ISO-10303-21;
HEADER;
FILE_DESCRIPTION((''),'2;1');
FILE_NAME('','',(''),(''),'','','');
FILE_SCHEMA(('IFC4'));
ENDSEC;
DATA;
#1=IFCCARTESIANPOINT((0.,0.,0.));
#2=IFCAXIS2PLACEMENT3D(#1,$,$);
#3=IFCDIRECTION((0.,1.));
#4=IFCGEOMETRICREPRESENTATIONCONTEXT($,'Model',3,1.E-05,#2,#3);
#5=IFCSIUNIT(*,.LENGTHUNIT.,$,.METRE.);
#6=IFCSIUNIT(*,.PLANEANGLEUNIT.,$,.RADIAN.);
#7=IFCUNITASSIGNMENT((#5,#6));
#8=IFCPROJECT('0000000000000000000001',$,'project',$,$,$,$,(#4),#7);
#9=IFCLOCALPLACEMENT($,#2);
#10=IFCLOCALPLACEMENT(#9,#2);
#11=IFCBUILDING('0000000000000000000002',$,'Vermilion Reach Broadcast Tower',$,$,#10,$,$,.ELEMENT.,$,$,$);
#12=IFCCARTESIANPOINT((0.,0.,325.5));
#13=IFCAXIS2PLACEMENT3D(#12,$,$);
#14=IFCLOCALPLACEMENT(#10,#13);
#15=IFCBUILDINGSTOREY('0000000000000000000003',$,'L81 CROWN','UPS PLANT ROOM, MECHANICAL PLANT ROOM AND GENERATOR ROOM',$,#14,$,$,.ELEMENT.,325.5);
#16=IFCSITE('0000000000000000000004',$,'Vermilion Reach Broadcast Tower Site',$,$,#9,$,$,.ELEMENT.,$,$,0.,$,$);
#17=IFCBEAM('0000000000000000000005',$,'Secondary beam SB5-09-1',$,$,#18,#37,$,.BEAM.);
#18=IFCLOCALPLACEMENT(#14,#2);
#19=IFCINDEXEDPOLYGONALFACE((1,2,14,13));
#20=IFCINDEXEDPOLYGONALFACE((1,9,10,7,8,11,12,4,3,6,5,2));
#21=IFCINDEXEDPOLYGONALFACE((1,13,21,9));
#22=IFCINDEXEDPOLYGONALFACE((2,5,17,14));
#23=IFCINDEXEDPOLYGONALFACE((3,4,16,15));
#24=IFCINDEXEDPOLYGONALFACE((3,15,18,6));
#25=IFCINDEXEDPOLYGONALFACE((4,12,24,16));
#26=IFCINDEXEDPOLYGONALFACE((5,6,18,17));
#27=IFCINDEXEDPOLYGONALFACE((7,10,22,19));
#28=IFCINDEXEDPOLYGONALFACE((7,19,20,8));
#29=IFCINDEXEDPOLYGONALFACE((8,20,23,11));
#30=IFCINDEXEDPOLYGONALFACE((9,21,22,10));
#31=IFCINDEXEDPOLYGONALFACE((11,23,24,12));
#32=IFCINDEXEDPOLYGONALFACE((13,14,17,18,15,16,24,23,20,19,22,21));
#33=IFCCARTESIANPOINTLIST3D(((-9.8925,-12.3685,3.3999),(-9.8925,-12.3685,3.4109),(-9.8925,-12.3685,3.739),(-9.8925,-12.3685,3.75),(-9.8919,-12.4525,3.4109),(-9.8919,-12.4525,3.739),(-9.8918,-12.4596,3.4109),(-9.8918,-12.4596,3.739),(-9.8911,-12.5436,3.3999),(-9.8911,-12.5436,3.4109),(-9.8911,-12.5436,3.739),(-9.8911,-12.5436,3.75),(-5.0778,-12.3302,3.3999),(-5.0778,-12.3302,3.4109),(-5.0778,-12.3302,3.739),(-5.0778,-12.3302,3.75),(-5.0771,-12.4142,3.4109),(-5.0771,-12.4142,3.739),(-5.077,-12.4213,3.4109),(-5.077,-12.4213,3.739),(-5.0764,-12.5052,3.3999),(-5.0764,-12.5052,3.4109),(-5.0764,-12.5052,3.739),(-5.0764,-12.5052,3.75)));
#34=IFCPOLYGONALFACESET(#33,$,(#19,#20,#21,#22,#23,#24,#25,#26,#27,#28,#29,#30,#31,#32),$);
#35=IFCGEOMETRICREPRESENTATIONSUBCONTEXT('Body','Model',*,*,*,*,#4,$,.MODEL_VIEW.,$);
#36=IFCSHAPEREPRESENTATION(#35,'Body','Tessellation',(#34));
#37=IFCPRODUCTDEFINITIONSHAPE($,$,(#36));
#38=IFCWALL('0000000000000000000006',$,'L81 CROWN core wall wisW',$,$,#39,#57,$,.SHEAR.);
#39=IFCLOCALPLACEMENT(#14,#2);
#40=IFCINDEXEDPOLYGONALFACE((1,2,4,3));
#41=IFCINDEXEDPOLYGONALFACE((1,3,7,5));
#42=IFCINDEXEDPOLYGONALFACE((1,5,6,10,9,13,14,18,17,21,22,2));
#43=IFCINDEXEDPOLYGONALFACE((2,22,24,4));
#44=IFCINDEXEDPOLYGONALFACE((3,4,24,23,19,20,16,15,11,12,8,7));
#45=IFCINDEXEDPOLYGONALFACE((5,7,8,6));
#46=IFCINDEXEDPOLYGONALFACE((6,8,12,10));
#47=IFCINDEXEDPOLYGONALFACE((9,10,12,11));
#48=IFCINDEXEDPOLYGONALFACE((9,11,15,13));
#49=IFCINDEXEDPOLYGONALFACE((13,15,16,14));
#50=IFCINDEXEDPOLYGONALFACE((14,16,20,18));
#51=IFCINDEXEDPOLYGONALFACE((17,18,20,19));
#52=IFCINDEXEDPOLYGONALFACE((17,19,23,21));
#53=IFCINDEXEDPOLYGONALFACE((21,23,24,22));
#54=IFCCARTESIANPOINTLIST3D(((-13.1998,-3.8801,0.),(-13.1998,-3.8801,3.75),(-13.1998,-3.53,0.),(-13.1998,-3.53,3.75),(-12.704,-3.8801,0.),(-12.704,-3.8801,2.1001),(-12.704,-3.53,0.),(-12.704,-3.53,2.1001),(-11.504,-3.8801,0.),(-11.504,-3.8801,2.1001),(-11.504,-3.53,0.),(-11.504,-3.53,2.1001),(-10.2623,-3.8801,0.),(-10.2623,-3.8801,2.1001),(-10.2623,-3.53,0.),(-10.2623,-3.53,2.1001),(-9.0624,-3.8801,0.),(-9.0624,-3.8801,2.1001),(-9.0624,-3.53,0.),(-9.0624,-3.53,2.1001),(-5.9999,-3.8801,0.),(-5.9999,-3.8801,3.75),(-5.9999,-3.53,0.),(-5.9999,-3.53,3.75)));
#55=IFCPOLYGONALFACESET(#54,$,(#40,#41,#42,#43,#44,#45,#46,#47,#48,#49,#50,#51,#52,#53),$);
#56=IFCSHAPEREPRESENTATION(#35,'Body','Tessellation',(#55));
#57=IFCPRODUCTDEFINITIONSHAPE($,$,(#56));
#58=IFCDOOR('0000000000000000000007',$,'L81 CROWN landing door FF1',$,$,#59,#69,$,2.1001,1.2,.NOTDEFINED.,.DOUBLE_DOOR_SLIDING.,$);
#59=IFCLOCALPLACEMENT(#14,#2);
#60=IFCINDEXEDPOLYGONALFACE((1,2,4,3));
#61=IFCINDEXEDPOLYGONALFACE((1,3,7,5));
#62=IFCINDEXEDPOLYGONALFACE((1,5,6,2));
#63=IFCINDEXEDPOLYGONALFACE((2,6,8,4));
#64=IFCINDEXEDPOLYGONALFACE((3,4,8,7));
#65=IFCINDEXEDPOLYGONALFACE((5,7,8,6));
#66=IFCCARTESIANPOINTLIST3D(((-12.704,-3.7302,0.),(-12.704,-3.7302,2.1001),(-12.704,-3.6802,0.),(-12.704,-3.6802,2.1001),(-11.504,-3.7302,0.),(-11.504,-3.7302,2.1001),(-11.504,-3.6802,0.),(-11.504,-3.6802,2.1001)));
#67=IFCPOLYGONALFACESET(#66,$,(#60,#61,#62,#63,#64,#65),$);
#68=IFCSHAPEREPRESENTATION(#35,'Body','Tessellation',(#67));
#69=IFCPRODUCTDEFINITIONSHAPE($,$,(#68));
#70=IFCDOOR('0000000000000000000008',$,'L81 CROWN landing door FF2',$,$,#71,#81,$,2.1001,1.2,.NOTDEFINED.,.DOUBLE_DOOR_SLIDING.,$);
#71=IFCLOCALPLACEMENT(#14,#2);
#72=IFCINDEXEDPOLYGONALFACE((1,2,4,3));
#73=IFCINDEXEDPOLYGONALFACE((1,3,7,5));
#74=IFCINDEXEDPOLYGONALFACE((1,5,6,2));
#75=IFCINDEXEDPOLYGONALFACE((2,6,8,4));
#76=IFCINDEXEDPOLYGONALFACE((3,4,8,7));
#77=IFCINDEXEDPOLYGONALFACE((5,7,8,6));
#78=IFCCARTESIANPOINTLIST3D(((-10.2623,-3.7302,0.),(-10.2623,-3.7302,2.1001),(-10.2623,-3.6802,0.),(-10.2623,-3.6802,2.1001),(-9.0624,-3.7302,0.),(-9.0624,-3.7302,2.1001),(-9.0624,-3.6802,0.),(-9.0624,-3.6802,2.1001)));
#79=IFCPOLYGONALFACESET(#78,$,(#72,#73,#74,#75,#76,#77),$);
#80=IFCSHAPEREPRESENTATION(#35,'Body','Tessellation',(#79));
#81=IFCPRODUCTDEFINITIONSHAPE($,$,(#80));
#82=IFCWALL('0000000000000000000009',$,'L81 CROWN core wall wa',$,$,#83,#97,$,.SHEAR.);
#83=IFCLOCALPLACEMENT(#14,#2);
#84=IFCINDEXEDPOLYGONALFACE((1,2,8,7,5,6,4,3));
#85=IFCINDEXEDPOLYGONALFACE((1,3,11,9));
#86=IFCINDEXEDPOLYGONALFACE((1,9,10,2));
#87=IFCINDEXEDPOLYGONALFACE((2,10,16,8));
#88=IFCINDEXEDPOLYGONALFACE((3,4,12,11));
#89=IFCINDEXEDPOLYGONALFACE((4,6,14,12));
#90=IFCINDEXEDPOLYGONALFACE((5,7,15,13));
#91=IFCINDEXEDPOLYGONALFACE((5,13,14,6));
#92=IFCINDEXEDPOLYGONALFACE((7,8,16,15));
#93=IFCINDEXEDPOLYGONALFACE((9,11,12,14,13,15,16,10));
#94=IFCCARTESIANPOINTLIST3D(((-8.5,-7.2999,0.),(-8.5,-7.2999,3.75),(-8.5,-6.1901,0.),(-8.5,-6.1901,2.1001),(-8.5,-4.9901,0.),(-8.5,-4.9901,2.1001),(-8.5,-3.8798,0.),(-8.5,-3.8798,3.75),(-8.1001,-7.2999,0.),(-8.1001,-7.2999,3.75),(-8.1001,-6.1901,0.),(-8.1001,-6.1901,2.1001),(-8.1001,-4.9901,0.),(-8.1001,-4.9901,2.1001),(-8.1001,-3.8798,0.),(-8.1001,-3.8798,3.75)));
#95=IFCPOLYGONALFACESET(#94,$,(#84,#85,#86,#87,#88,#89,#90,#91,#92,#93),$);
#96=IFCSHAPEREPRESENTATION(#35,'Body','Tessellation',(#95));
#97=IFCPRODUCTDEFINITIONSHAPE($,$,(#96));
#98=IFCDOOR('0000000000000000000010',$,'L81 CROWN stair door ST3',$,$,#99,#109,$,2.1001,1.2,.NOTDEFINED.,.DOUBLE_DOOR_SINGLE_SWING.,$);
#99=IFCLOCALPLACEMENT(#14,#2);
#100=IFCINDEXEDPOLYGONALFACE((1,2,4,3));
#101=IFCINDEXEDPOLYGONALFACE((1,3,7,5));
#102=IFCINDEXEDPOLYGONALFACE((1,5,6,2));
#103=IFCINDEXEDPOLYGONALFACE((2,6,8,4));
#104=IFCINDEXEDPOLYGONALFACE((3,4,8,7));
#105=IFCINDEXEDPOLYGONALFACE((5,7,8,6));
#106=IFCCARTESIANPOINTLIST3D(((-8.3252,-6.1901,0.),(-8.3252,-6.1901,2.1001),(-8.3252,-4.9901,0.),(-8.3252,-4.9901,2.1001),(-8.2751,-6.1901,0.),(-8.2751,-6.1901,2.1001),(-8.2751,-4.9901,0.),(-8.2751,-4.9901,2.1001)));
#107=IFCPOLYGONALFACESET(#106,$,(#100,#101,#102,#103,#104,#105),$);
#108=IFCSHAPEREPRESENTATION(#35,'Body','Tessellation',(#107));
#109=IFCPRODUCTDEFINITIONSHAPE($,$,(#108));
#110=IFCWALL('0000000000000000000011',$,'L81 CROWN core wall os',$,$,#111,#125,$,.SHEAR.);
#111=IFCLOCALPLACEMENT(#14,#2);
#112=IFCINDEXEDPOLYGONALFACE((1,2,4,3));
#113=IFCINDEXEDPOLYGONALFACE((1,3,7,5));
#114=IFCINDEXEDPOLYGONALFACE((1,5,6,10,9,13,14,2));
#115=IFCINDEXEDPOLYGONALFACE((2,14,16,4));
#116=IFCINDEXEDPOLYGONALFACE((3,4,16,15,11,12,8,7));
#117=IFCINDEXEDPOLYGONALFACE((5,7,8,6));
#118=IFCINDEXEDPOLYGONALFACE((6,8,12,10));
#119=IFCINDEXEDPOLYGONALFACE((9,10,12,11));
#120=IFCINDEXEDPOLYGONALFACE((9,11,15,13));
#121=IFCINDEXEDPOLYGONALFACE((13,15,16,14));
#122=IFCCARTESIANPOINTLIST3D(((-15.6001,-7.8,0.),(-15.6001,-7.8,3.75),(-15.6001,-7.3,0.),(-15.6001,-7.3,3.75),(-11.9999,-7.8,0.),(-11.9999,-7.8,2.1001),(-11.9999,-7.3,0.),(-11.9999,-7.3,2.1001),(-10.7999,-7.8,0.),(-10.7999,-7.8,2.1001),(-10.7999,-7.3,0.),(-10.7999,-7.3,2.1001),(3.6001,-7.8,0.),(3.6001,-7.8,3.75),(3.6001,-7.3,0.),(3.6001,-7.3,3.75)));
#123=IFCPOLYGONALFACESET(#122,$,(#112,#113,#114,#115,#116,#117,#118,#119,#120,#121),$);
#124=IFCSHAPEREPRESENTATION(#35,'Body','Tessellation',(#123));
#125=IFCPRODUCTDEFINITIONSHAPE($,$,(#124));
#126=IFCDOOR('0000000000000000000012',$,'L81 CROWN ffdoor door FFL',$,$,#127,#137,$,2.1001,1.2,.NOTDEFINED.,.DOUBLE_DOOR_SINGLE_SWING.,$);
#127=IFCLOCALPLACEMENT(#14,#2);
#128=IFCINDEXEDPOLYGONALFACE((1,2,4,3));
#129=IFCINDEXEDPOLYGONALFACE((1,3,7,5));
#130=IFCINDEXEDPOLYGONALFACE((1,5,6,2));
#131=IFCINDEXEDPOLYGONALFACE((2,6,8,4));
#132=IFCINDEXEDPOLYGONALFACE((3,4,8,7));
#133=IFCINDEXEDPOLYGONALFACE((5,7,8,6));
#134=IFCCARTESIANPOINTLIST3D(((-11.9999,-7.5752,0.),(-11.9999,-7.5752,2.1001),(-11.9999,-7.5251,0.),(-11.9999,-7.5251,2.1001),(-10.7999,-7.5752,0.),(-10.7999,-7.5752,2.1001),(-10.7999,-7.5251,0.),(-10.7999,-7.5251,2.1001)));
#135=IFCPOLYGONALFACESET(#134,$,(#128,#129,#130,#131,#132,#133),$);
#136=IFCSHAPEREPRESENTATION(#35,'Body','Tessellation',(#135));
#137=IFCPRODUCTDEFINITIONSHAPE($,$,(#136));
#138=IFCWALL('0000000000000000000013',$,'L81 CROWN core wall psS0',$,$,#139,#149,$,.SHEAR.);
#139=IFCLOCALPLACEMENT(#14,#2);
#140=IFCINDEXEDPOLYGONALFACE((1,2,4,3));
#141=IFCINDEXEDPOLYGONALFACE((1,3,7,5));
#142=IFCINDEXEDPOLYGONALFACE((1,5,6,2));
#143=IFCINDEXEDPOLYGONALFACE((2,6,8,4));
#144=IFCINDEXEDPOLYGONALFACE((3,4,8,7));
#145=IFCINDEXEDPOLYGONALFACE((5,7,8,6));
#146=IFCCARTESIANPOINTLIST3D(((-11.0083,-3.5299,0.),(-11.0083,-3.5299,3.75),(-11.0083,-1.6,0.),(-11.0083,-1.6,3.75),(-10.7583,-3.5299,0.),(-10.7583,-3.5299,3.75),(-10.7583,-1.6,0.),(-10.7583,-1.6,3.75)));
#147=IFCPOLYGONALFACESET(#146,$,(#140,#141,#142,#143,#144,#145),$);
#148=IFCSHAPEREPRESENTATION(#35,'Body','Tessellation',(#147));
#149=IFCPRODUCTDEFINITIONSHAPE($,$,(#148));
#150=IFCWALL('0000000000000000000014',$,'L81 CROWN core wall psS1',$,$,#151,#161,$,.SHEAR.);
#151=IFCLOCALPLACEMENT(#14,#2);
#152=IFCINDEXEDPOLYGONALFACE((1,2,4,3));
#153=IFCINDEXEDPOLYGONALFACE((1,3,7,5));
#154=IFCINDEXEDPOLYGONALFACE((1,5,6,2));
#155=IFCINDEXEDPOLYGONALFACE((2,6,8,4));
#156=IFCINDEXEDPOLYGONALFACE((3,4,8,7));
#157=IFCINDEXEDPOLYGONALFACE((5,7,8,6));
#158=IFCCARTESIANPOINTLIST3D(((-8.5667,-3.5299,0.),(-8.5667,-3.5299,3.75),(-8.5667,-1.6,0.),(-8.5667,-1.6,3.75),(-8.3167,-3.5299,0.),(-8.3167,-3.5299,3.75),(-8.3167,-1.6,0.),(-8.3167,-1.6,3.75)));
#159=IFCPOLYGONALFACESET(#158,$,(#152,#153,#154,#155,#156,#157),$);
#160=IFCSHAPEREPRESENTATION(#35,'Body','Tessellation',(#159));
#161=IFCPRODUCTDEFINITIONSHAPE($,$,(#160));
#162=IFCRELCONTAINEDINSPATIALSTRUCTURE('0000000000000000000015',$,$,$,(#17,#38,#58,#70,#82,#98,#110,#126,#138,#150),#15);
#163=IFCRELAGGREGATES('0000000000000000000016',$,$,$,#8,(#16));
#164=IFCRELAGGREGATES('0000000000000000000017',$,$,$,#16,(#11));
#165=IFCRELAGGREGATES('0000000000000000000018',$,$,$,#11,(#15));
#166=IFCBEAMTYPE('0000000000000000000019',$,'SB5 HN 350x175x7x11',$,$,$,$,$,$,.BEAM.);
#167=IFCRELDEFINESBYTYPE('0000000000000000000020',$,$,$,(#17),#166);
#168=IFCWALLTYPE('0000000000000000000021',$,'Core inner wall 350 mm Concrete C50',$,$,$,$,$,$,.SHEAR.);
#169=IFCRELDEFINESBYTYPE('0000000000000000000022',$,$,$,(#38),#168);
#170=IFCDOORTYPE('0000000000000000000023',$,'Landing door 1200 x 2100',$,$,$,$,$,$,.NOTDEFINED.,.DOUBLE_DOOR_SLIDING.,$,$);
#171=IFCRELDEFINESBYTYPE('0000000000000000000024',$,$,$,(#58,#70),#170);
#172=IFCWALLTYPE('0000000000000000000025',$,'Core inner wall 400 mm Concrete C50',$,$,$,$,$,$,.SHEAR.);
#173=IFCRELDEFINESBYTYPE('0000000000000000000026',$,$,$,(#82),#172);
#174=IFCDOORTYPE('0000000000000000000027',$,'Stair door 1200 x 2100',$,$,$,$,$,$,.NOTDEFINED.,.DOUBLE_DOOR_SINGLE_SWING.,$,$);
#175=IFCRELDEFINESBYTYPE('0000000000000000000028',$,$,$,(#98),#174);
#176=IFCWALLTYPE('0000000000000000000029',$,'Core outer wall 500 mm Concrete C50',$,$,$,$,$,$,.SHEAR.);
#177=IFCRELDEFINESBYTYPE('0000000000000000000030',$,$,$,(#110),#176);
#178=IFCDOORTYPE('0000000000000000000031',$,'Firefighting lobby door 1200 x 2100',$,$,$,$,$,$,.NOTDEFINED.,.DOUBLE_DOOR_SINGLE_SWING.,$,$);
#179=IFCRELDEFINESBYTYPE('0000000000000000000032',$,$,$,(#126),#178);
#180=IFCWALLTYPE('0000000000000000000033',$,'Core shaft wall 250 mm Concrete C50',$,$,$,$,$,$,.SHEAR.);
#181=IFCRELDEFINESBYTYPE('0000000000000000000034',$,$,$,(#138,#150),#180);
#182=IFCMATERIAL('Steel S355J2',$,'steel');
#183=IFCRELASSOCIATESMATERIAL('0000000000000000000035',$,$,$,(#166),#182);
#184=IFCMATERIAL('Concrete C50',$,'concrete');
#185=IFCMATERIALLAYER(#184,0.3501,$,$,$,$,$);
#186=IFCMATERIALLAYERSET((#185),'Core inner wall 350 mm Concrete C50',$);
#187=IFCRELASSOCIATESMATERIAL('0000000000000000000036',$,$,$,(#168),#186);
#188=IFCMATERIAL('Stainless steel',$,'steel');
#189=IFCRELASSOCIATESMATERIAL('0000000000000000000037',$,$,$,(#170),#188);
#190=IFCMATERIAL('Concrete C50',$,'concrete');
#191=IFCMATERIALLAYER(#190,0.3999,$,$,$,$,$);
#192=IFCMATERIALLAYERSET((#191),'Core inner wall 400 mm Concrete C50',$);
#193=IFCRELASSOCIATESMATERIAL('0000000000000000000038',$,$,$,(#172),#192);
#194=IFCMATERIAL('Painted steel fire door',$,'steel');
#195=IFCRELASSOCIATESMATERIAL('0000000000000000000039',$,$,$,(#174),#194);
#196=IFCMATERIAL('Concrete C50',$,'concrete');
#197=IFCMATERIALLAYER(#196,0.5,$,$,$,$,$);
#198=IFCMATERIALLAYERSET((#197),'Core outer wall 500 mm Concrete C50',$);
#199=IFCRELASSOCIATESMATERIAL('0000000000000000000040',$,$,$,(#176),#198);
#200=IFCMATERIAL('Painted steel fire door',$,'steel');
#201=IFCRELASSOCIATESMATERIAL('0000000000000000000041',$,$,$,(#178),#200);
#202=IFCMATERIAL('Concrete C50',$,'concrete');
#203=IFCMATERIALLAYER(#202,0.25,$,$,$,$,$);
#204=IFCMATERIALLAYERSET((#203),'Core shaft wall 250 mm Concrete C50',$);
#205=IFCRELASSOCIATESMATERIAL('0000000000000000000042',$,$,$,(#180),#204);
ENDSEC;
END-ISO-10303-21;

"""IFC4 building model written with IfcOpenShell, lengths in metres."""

from ifc_helpers import new_model, si_unit, direction, frame, frame_2d, origin, origin_2d, place, context, subcontext, project, spatial, rectangle, i_section, extrude, material, layer, layer_set, material_profile, profile_set, type_object, element, fill, save


model = new_model("IFC4")

# Units and contexts
model_context = context("Model", 3, precision=1e-05, world=origin(), true_north=direction((0.0, 1.0)))
body_context = subcontext(model_context, "Body", "Model", "MODEL_VIEW")
ifc_project = project(units=[si_unit("LENGTHUNIT", "METRE"), si_unit("PLANEANGLEUNIT", "RADIAN")], contexts=[model_context])

# Site, building, storey
site_placement = place(None, origin())
site = spatial("IfcSite", under=ifc_project, at=site_placement, Name="Vermilion Reach Broadcast Tower Site", CompositionType="ELEMENT", RefElevation=0.0)
building_placement = place(site_placement, origin())
building = spatial("IfcBuilding", under=site, at=building_placement, Name="Vermilion Reach Broadcast Tower", CompositionType="ELEMENT")
storey_placement = place(building_placement, frame((0.0, 0.0, 325.5)))
storey = spatial("IfcBuildingStorey", under=building, at=storey_placement, Name="L81 CROWN", Description="UPS PLANT ROOM, MECHANICAL PLANT ROOM AND GENERATOR ROOM", CompositionType="ELEMENT", Elevation=325.5)

# Beam
ifc_material_1 = material(Name="Steel S355J2", Category="steel")
ifc_material_profile_1 = material_profile(ifc_material_1, i_section(OverallWidth=0.175, OverallDepth=0.3501, WebThickness=0.0071, FlangeThickness=0.011, at=origin_2d()), Name="S355J2 HN 350x175x7x11")
ifc_profile_set_1 = profile_set([ifc_material_profile_1], Name="Steel S355J2")
beam_type_1 = type_object("IfcBeamType", Name="SB5 HN 350x175x7x11", PredefinedType="BEAM", material=ifc_profile_set_1)
beam_1_placement = place(storey_placement, frame((-9.8918, -12.4561, 3.575), z_axis=(0.999968, 0.007961, 0.0), x_axis=(-0.007961, 0.999968, 0.0)))
element("IfcBeam", 1, at=beam_1_placement, inside=storey, type_object=beam_type_1, Name="Secondary beam SB5-09-1", PredefinedType="BEAM", context=body_context, shape_type="SweptSolid", body=[
    extrude(i_section(OverallWidth=0.175, OverallDepth=0.3501, WebThickness=0.0071, FlangeThickness=0.011, at=origin_2d()), origin(), (0.0, 0.0, 1.0), 4.8149),
])

# Wall, openings, doors
ifc_material_2 = material(Name="Concrete C50", Category="concrete")
ifc_layer_1 = layer(ifc_material_2, 0.3501)
ifc_layer_set_1 = layer_set([ifc_layer_1], Name="Core inner wall 350 mm Concrete C50")
wall_type_1 = type_object("IfcWallType", Name="Core inner wall 350 mm Concrete C50", PredefinedType="SHEAR", material=ifc_layer_set_1)
wall_1_placement = place(storey_placement, frame((-13.2, -3.7051, 0.0), z_axis=(0.0, 0.0, 1.0), x_axis=(1.0, 0.0, 0.0)))
wall_1 = element("IfcWall", 2, at=wall_1_placement, inside=storey, type_object=wall_type_1, Name="L81 CROWN core wall wisW", PredefinedType="SHEAR", context=body_context, shape_type="SweptSolid", body=[
    extrude(rectangle(XDim=7.2, YDim=0.3501, at=frame_2d((3.6001, 0.0))), origin(), (0.0, 0.0, 1.0), 3.75),
])
opening_1_placement = place(wall_1_placement, frame((0.4958, 0.0, 0.0)))
opening_1 = element("IfcOpeningElement", 3, at=opening_1_placement, cuts=wall_1, PredefinedType="OPENING", context=body_context, shape_type="SweptSolid", body=[
    extrude(rectangle(XDim=1.2, YDim=2.1001, at=frame_2d((0.6001, 1.05))), frame((0.0, 0.1851, 0.0), z_axis=(0.0, -1.0, 0.0), x_axis=(1.0, 0.0, 0.0)), (0.0, 0.0, 1.0), 0.3701),
])
opening_2_placement = place(wall_1_placement, frame((2.9375, 0.0, 0.0)))
opening_2 = element("IfcOpeningElement", 4, at=opening_2_placement, cuts=wall_1, PredefinedType="OPENING", context=body_context, shape_type="SweptSolid", body=[
    extrude(rectangle(XDim=1.2, YDim=2.1001, at=frame_2d((0.6001, 1.05))), frame((0.0, 0.1851, 0.0), z_axis=(0.0, -1.0, 0.0), x_axis=(1.0, 0.0, 0.0)), (0.0, 0.0, 1.0), 0.3701),
])
ifc_material_3 = material(Name="Stainless steel", Category="steel")
door_type_1 = type_object("IfcDoorType", Name="Landing door 1200 x 2100", OperationType="DOUBLE_DOOR_SLIDING", PredefinedType="NOTDEFINED", material=ifc_material_3)
door_1_placement = place(opening_1_placement, origin())
door_1 = element("IfcDoor", 5, at=door_1_placement, inside=storey, type_object=door_type_1, Name="L81 CROWN landing door FF1", OperationType="DOUBLE_DOOR_SLIDING", OverallHeight=2.1001, OverallWidth=1.2, PredefinedType="NOTDEFINED", context=body_context, shape_type="SweptSolid", body=[
    extrude(rectangle(XDim=1.2, YDim=2.1001, at=frame_2d((0.6001, 1.05))), frame((0.0, 0.0249, 0.0), z_axis=(0.0, -1.0, 0.0), x_axis=(1.0, 0.0, 0.0)), (0.0, 0.0, 1.0), 0.05),
])
fill(opening_1, door_1)
door_2_placement = place(opening_2_placement, origin())
door_2 = element("IfcDoor", 6, at=door_2_placement, inside=storey, type_object=door_type_1, Name="L81 CROWN landing door FF2", OperationType="DOUBLE_DOOR_SLIDING", OverallHeight=2.1001, OverallWidth=1.2, PredefinedType="NOTDEFINED", context=body_context, shape_type="SweptSolid", body=[
    extrude(rectangle(XDim=1.2, YDim=2.1001, at=frame_2d((0.6001, 1.05))), frame((0.0, 0.0249, 0.0), z_axis=(0.0, -1.0, 0.0), x_axis=(1.0, 0.0, 0.0)), (0.0, 0.0, 1.0), 0.05),
])
fill(opening_2, door_2)

# Walls, openings, doors
ifc_material_4 = material(Name="Concrete C50", Category="concrete")
ifc_layer_2 = layer(ifc_material_4, 0.3999)
ifc_layer_set_2 = layer_set([ifc_layer_2], Name="Core inner wall 400 mm Concrete C50")
wall_type_2 = type_object("IfcWallType", Name="Core inner wall 400 mm Concrete C50", PredefinedType="SHEAR", material=ifc_layer_set_2)
wall_2_placement = place(storey_placement, frame((-8.3, -3.8799, 0.0), z_axis=(0.0, 0.0, 1.0), x_axis=(0.0, -1.0, 0.0)))
wall_2 = element("IfcWall", 7, at=wall_2_placement, inside=storey, type_object=wall_type_2, Name="L81 CROWN core wall wa", PredefinedType="SHEAR", context=body_context, shape_type="SweptSolid", body=[
    extrude(rectangle(XDim=3.4202, YDim=0.3999, at=frame_2d((1.71, 0.0))), origin(), (0.0, 0.0, 1.0), 3.75),
])
opening_3_placement = place(wall_2_placement, frame((1.1101, 0.0, 0.0)))
opening_3 = element("IfcOpeningElement", 8, at=opening_3_placement, cuts=wall_2, PredefinedType="OPENING", context=body_context, shape_type="SweptSolid", body=[
    extrude(rectangle(XDim=1.2, YDim=2.1001, at=frame_2d((0.6001, 1.05))), frame((0.0, 0.21, 0.0), z_axis=(0.0, -1.0, 0.0), x_axis=(1.0, 0.0, 0.0)), (0.0, 0.0, 1.0), 0.4199),
])
ifc_material_5 = material(Name="Painted steel fire door", Category="steel")
door_type_2 = type_object("IfcDoorType", Name="Stair door 1200 x 2100", OperationType="DOUBLE_DOOR_SINGLE_SWING", PredefinedType="NOTDEFINED", material=ifc_material_5)
door_3_placement = place(opening_3_placement, origin())
door_3 = element("IfcDoor", 9, at=door_3_placement, inside=storey, type_object=door_type_2, Name="L81 CROWN stair door ST3", OperationType="DOUBLE_DOOR_SINGLE_SWING", OverallHeight=2.1001, OverallWidth=1.2, PredefinedType="NOTDEFINED", context=body_context, shape_type="SweptSolid", body=[
    extrude(rectangle(XDim=1.2, YDim=2.1001, at=frame_2d((0.6001, 1.05))), frame((0.0, 0.0249, 0.0), z_axis=(0.0, -1.0, 0.0), x_axis=(1.0, 0.0, 0.0)), (0.0, 0.0, 1.0), 0.05),
])
fill(opening_3, door_3)
ifc_material_6 = material(Name="Concrete C50", Category="concrete")
ifc_layer_3 = layer(ifc_material_6, 0.5)
ifc_layer_set_3 = layer_set([ifc_layer_3], Name="Core outer wall 500 mm Concrete C50")
wall_type_3 = type_object("IfcWallType", Name="Core outer wall 500 mm Concrete C50", PredefinedType="SHEAR", material=ifc_layer_set_3)
wall_3_placement = place(storey_placement, frame((-15.6001, -7.55, 0.0), z_axis=(0.0, 0.0, 1.0), x_axis=(1.0, 0.0, 0.0)))
wall_3 = element("IfcWall", 10, at=wall_3_placement, inside=storey, type_object=wall_type_3, Name="L81 CROWN core wall os", PredefinedType="SHEAR", context=body_context, shape_type="SweptSolid", body=[
    extrude(rectangle(XDim=19.2002, YDim=0.5, at=frame_2d((9.6001, 0.0))), origin(), (0.0, 0.0, 1.0), 3.75),
])
opening_4_placement = place(wall_3_placement, frame((3.6001, 0.0, 0.0)))
opening_4 = element("IfcOpeningElement", 11, at=opening_4_placement, cuts=wall_3, PredefinedType="OPENING", context=body_context, shape_type="SweptSolid", body=[
    extrude(rectangle(XDim=1.2, YDim=2.1001, at=frame_2d((0.6001, 1.05))), frame((0.0, 0.26, 0.0), z_axis=(0.0, -1.0, 0.0), x_axis=(1.0, 0.0, 0.0)), (0.0, 0.0, 1.0), 0.52),
])
ifc_material_7 = material(Name="Painted steel fire door", Category="steel")
door_type_3 = type_object("IfcDoorType", Name="Firefighting lobby door 1200 x 2100", OperationType="DOUBLE_DOOR_SINGLE_SWING", PredefinedType="NOTDEFINED", material=ifc_material_7)
door_4_placement = place(opening_4_placement, origin())
door_4 = element("IfcDoor", 12, at=door_4_placement, inside=storey, type_object=door_type_3, Name="L81 CROWN ffdoor door FFL", OperationType="DOUBLE_DOOR_SINGLE_SWING", OverallHeight=2.1001, OverallWidth=1.2, PredefinedType="NOTDEFINED", context=body_context, shape_type="SweptSolid", body=[
    extrude(rectangle(XDim=1.2, YDim=2.1001, at=frame_2d((0.6001, 1.05))), frame((0.0, 0.0249, 0.0), z_axis=(0.0, -1.0, 0.0), x_axis=(1.0, 0.0, 0.0)), (0.0, 0.0, 1.0), 0.05),
])
fill(opening_4, door_4)

# Walls
ifc_material_8 = material(Name="Concrete C50", Category="concrete")
ifc_layer_4 = layer(ifc_material_8, 0.25)
ifc_layer_set_4 = layer_set([ifc_layer_4], Name="Core shaft wall 250 mm Concrete C50")
wall_type_4 = type_object("IfcWallType", Name="Core shaft wall 250 mm Concrete C50", PredefinedType="SHEAR", material=ifc_layer_set_4)
for number, where, z_axis, x_axis, name in (
    (13, (-10.8833, -1.6001, 0.0), (0.0, 0.0, 1.0), (0.0, -1.0, 0.0), "L81 CROWN core wall psS0"),
    (14, (-8.4417, -1.6001, 0.0), (0.0, 0.0, 1.0), (0.0, -1.0, 0.0), "L81 CROWN core wall psS1"),
):
    element("IfcWall", number, at=place(storey_placement, frame(where, z_axis=z_axis, x_axis=x_axis)), inside=storey, type_object=wall_type_4, Name=name, PredefinedType="SHEAR", context=body_context, shape_type="SweptSolid", body=[
        extrude(rectangle(XDim=1.9299, YDim=0.25, at=frame_2d((0.9648, 0.0))), origin(), (0.0, 0.0, 1.0), 3.75),
    ])

save(model, "model.ifc")
